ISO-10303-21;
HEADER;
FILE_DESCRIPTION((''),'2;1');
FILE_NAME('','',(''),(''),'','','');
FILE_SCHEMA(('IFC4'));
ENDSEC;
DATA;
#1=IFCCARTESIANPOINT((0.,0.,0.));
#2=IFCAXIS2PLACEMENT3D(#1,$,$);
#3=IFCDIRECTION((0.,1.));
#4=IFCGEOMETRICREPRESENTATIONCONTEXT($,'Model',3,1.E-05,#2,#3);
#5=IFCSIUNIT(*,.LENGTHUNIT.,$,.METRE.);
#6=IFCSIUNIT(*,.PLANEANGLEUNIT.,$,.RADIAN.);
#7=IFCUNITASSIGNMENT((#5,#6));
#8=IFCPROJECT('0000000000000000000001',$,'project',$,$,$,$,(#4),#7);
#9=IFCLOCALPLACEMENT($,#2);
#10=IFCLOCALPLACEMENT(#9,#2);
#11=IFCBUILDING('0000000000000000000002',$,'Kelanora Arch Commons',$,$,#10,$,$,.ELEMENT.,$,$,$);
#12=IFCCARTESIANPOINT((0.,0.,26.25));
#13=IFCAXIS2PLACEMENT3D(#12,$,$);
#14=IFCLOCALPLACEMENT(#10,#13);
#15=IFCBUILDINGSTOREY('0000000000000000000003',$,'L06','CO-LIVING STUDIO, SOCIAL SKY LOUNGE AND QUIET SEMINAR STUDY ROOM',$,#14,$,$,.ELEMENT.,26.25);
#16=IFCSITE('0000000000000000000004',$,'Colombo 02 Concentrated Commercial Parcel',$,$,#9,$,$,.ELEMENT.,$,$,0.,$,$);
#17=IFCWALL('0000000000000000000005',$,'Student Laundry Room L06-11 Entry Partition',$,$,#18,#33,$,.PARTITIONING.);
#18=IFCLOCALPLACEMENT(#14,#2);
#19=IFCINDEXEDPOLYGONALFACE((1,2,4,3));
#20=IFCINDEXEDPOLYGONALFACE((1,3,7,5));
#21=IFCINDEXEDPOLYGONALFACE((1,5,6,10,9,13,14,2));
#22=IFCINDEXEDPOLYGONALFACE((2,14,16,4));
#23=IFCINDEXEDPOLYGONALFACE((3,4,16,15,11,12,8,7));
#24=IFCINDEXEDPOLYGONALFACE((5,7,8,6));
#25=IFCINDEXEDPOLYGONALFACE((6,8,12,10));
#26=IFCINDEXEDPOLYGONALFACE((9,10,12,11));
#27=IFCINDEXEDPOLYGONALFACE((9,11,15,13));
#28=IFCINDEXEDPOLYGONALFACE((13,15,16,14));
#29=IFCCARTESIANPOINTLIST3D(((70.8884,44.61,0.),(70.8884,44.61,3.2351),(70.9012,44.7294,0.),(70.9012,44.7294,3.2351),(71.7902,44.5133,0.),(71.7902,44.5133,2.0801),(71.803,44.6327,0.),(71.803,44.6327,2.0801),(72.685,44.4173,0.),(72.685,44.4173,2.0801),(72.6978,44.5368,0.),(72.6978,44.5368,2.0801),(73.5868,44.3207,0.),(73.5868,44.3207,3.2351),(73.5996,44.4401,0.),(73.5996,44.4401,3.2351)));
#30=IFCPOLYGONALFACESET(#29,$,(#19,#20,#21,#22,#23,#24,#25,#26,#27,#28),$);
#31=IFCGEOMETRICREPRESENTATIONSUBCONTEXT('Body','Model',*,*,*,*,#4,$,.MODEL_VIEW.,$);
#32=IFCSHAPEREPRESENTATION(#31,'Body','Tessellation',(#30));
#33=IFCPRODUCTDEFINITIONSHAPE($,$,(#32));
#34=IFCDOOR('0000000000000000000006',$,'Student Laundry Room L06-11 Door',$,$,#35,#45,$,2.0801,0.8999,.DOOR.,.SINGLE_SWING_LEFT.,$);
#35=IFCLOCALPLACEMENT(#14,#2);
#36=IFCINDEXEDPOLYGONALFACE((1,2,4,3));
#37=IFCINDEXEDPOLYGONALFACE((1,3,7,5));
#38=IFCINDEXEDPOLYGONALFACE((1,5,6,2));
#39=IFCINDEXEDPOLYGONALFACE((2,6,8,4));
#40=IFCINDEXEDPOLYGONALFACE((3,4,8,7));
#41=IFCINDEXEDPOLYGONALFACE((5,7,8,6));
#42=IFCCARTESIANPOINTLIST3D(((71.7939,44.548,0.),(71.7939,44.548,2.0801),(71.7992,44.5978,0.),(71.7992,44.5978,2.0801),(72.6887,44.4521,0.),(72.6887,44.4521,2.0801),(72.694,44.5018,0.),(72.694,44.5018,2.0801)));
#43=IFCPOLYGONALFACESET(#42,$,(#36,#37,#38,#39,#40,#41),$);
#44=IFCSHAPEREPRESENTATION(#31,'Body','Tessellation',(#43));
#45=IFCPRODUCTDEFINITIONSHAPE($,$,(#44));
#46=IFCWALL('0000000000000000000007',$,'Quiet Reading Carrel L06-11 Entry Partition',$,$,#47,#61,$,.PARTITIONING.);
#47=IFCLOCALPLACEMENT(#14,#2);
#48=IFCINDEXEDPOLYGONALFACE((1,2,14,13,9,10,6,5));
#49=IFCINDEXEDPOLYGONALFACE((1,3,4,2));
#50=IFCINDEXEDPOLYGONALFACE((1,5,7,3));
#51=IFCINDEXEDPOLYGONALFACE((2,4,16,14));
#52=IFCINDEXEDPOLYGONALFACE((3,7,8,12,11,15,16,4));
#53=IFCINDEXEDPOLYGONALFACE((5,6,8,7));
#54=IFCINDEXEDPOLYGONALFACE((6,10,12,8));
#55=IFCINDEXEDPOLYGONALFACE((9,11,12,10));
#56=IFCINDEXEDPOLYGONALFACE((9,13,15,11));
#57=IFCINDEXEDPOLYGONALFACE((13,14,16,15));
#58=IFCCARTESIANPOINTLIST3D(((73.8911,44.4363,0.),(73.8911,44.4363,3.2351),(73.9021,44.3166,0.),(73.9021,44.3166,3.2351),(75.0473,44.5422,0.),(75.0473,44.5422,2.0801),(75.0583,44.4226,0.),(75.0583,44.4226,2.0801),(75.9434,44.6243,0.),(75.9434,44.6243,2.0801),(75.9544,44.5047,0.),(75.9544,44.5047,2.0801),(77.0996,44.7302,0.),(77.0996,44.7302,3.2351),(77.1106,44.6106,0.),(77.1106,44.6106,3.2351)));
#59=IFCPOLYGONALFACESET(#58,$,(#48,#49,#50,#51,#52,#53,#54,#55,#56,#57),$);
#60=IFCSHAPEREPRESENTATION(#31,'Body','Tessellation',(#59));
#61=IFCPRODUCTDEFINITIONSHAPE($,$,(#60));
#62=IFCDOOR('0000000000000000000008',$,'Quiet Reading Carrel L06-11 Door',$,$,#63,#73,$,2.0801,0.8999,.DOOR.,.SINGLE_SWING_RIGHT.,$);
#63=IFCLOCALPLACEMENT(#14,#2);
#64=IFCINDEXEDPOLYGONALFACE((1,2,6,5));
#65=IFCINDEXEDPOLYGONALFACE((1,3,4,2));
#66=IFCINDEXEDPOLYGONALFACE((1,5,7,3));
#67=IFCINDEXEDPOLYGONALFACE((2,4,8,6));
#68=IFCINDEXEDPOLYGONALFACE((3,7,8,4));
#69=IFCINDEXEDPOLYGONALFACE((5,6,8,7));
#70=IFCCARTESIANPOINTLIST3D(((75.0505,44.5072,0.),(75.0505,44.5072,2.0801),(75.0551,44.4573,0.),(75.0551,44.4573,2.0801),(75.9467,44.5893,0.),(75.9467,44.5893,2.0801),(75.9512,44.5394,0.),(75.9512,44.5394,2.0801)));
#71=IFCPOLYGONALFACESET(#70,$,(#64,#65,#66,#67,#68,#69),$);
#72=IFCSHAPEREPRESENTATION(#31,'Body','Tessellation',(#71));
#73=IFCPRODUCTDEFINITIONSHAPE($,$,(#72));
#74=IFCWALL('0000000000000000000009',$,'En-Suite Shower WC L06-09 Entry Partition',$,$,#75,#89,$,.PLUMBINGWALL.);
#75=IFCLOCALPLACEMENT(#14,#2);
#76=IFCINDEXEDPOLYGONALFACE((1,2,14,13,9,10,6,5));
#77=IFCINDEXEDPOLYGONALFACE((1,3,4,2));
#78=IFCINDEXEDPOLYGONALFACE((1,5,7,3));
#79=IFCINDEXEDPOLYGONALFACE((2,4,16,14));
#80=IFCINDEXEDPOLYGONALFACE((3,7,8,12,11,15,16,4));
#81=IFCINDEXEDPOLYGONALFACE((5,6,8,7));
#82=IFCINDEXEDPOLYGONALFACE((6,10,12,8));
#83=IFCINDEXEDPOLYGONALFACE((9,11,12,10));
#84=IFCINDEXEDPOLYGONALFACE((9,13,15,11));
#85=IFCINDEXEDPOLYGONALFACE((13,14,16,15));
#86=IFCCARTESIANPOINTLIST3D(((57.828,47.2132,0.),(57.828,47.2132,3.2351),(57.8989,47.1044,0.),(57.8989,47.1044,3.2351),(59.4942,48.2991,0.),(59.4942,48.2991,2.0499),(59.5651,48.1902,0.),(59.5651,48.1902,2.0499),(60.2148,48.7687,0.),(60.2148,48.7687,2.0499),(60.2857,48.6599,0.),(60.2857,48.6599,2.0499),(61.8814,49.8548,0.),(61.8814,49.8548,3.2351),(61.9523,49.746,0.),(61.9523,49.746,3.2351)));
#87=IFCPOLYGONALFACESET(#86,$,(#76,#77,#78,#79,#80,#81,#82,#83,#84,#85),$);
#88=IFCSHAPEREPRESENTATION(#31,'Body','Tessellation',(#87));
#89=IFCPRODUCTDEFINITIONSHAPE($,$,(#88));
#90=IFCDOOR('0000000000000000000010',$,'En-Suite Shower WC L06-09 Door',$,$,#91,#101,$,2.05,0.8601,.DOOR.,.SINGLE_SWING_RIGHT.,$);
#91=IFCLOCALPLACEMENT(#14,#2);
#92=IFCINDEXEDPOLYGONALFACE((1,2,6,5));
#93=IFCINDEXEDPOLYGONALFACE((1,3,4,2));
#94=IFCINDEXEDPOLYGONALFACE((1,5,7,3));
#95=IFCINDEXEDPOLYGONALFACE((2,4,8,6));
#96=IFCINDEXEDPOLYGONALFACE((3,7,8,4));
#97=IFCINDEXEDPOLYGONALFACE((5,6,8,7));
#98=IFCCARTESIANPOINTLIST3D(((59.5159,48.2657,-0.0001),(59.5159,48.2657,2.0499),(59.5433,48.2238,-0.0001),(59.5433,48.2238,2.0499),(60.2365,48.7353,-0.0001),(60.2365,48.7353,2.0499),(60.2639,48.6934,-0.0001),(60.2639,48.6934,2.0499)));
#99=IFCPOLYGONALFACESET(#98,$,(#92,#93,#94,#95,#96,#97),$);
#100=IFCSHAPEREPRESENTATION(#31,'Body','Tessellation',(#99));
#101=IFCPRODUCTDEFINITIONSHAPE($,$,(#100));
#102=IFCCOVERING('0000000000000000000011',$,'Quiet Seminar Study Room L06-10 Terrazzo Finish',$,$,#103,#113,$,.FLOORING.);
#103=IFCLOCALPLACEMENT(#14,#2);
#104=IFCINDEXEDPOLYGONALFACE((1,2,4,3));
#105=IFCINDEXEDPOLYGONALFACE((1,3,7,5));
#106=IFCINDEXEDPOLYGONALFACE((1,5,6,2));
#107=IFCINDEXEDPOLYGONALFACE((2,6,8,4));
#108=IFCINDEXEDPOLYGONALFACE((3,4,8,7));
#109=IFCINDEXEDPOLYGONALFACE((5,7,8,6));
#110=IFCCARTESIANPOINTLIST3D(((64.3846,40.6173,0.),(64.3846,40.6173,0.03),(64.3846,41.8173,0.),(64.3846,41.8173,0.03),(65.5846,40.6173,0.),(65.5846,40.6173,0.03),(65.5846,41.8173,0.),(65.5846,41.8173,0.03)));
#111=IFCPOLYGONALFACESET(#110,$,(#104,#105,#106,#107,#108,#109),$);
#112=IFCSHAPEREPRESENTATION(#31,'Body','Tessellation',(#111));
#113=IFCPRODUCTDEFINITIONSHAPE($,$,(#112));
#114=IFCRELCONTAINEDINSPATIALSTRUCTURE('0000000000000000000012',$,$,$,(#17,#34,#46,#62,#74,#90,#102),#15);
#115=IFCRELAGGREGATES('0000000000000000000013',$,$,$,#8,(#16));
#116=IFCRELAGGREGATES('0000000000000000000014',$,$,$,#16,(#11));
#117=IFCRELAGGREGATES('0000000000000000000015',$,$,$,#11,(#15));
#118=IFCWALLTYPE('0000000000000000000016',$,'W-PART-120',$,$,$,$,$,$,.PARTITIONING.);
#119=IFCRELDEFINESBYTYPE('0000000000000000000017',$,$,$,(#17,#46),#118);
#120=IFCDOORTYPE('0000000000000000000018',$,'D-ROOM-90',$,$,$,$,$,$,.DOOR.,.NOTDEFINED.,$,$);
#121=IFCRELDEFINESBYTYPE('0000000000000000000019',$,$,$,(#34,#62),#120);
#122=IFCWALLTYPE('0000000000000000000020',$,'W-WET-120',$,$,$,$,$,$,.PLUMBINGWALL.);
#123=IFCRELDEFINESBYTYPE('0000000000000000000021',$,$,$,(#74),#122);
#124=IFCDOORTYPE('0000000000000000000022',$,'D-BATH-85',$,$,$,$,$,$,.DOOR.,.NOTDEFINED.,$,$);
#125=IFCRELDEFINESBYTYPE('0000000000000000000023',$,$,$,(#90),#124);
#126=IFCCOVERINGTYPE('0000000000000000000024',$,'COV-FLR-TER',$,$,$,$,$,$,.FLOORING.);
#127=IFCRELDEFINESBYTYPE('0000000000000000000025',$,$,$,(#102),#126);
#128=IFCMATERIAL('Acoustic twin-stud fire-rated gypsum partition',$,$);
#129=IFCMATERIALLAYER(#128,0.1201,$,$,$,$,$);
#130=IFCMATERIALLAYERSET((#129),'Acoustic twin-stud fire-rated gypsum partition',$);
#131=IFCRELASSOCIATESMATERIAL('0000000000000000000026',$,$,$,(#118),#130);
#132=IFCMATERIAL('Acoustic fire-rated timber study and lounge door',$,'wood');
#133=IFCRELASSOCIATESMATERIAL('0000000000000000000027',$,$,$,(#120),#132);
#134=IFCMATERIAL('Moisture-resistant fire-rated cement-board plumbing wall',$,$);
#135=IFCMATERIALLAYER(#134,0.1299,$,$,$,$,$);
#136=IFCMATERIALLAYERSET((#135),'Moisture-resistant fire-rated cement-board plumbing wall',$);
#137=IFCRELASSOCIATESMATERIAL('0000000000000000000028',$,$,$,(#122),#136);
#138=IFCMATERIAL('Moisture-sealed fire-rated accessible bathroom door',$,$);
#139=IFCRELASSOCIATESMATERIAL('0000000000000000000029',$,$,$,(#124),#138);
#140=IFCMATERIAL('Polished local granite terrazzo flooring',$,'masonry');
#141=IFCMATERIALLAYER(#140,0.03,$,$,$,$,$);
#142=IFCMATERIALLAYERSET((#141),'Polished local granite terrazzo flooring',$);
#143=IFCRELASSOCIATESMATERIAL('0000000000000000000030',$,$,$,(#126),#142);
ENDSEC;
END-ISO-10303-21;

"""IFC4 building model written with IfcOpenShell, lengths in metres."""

from ifc_helpers import new_model, si_unit, direction, frame, frame_2d, origin, origin_2d, place, context, subcontext, project, spatial, rectangle, extrude, source, transform, mapped, material, layer, layer_set, type_object, element, fill, save


model = new_model("IFC4")

# Units and contexts
model_context = context("Model", 3, precision=1e-05, world=origin(), true_north=direction((0.0, 1.0)))
body_context = subcontext(model_context, "Body", "Model", "MODEL_VIEW")
ifc_project = project(units=[si_unit("LENGTHUNIT", "METRE"), si_unit("PLANEANGLEUNIT", "RADIAN")], contexts=[model_context])

# Site, building, storey
site_placement = place(None, origin())
site = spatial("IfcSite", under=ifc_project, at=site_placement, Name="Colombo 02 Concentrated Commercial Parcel", CompositionType="ELEMENT", RefElevation=0.0)
building_placement = place(site_placement, origin())
building = spatial("IfcBuilding", under=site, at=building_placement, Name="Kelanora Arch Commons", CompositionType="ELEMENT")
storey_placement = place(building_placement, frame((0.0, 0.0, 26.25)))
storey = spatial("IfcBuildingStorey", under=building, at=storey_placement, Name="L06", Description="CO-LIVING STUDIO, SOCIAL SKY LOUNGE AND QUIET SEMINAR STUDY ROOM", CompositionType="ELEMENT", Elevation=26.25)

# Walls, openings, doors
ifc_material_1 = material(Name="Acoustic twin-stud fire-rated gypsum partition")
ifc_layer_1 = layer(ifc_material_1, 0.1201)
ifc_layer_set_1 = layer_set([ifc_layer_1], Name="Acoustic twin-stud fire-rated gypsum partition")
wall_type_1 = type_object("IfcWallType", Name="W-PART-120", PredefinedType="PARTITIONING", material=ifc_layer_set_1)
ifc_material_2 = material(Name="Acoustic fire-rated timber study and lounge door", Category="wood")
door_type_1 = type_object("IfcDoorType", Name="D-ROOM-90", OperationType="NOTDEFINED", PredefinedType="DOOR", material=ifc_material_2)
wall_1_placement = place(storey_placement, frame((70.8948, 44.6697, 0.0), z_axis=(0.0, 0.0, 1.0), x_axis=(0.994302, -0.1066, 0.0)))
wall_1 = element("IfcWall", 1, at=wall_1_placement, inside=storey, type_object=wall_type_1, Name="Student Laundry Room L06-11 Entry Partition", PredefinedType="PARTITIONING", context=body_context, shape_type="SweptSolid", body=[
    extrude(rectangle(XDim=2.7139, YDim=0.1201, at=frame_2d((1.3569, 0.0))), origin(), (0.0, 0.0, 1.0), 3.2351),
])
opening_1_placement = place(wall_1_placement, frame((0.907, 0.0, 0.0)))
opening_1 = element("IfcOpeningElement", 2, at=opening_1_placement, cuts=wall_1, PredefinedType="OPENING", context=body_context, shape_type="SweptSolid", body=[
    extrude(rectangle(XDim=0.8999, YDim=2.0801, at=frame_2d((0.45, 1.04))), frame((0.0, 0.0701, 0.0), z_axis=(0.0, -1.0, 0.0), x_axis=(1.0, 0.0, 0.0)), (0.0, 0.0, 1.0), 0.1401),
])
door_1_placement = place(opening_1_placement, origin())
door_1 = element("IfcDoor", 3, at=door_1_placement, inside=storey, type_object=door_type_1, Name="Student Laundry Room L06-11 Door", OperationType="SINGLE_SWING_LEFT", OverallHeight=2.0801, OverallWidth=0.8999, PredefinedType="DOOR", context=body_context, shape_type="SweptSolid", body=[
    extrude(rectangle(XDim=0.8999, YDim=2.0801, at=frame_2d((0.45, 1.04))), frame((0.0, 0.0249, 0.0), z_axis=(0.0, -1.0, 0.0), x_axis=(1.0, 0.0, 0.0)), (0.0, 0.0, 1.0), 0.05),
])
fill(opening_1, door_1)
wall_2_placement = place(storey_placement, frame((73.8967, 44.3765, 0.0), z_axis=(0.0, 0.0, 1.0), x_axis=(0.99583, 0.091233, 0.0)))
wall_2 = element("IfcWall", 4, at=wall_2_placement, inside=storey, type_object=wall_type_1, Name="Quiet Reading Carrel L06-11 Entry Partition", PredefinedType="PARTITIONING", context=body_context, shape_type="SweptSolid", body=[
    extrude(rectangle(XDim=3.2219, YDim=0.1201, at=frame_2d((1.6108, 0.0))), origin(), (0.0, 0.0, 1.0), 3.2351),
])
opening_2_placement = place(wall_2_placement, frame((1.1609, 0.0, 0.0)))
opening_2 = element("IfcOpeningElement", 5, at=opening_2_placement, cuts=wall_2, PredefinedType="OPENING", context=body_context, shape_type="SweptSolid", body=[
    extrude(rectangle(XDim=0.8999, YDim=2.0801, at=frame_2d((0.45, 1.04))), frame((0.0, 0.0701, 0.0), z_axis=(0.0, -1.0, 0.0), x_axis=(1.0, 0.0, 0.0)), (0.0, 0.0, 1.0), 0.1401),
])
door_2_placement = place(opening_2_placement, origin())
door_2 = element("IfcDoor", 6, at=door_2_placement, inside=storey, type_object=door_type_1, Name="Quiet Reading Carrel L06-11 Door", OperationType="SINGLE_SWING_RIGHT", OverallHeight=2.0801, OverallWidth=0.8999, PredefinedType="DOOR", context=body_context, shape_type="SweptSolid", body=[
    extrude(rectangle(XDim=0.8999, YDim=2.0801, at=frame_2d((0.45, 1.04))), frame((0.0, 0.0249, 0.0), z_axis=(0.0, -1.0, 0.0), x_axis=(1.0, 0.0, 0.0)), (0.0, 0.0, 1.0), 0.05),
])
fill(opening_2, door_2)
ifc_material_3 = material(Name="Moisture-resistant fire-rated cement-board plumbing wall")
ifc_layer_2 = layer(ifc_material_3, 0.1299)
ifc_layer_set_2 = layer_set([ifc_layer_2], Name="Moisture-resistant fire-rated cement-board plumbing wall")
wall_type_2 = type_object("IfcWallType", Name="W-WET-120", PredefinedType="PLUMBINGWALL", material=ifc_layer_set_2)
wall_3_placement = place(storey_placement, frame((61.9167, 49.8003, 0.0), z_axis=(0.0, 0.0, 1.0), x_axis=(-0.837796, -0.545983, 0.0)))
wall_3 = element("IfcWall", 7, at=wall_3_placement, inside=storey, type_object=wall_type_2, Name="En-Suite Shower WC L06-09 Entry Partition", PredefinedType="PLUMBINGWALL", context=body_context, shape_type="SweptSolid", body=[
    extrude(rectangle(XDim=4.8381, YDim=0.1299, at=frame_2d((2.4189, 0.0))), origin(), (0.0, 0.0, 1.0), 3.2351),
])
opening_3_placement = place(wall_3_placement, frame((1.989, 0.0, 0.0)))
opening_3 = element("IfcOpeningElement", 8, at=opening_3_placement, cuts=wall_3, PredefinedType="OPENING", context=body_context, shape_type="SweptSolid", body=[
    extrude(rectangle(XDim=0.8601, YDim=2.05, at=frame_2d((0.4302, 1.0249))), frame((0.0, 0.075, 0.0), z_axis=(0.0, -1.0, 0.0), x_axis=(1.0, 0.0, 0.0)), (0.0, 0.0, 1.0), 0.1499),
])
ifc_material_4 = material(Name="Moisture-sealed fire-rated accessible bathroom door")
door_type_2 = type_object("IfcDoorType", Name="D-BATH-85", OperationType="NOTDEFINED", PredefinedType="DOOR", material=ifc_material_4)
door_3_placement = place(opening_3_placement, origin())
door_3 = element("IfcDoor", 9, at=door_3_placement, inside=storey, type_object=door_type_2, Name="En-Suite Shower WC L06-09 Door", OperationType="SINGLE_SWING_RIGHT", OverallHeight=2.05, OverallWidth=0.8601, PredefinedType="DOOR", context=body_context, shape_type="SweptSolid", body=[
    extrude(rectangle(XDim=0.8601, YDim=2.05, at=frame_2d((0.4302, 1.0249))), frame((0.0, 0.0249, 0.0), z_axis=(0.0, -1.0, 0.0), x_axis=(1.0, 0.0, 0.0)), (0.0, 0.0, 1.0), 0.05),
])
fill(opening_3, door_3)

# Covering
ifc_material_5 = material(Name="Polished local granite terrazzo flooring", Category="masonry")
ifc_layer_3 = layer(ifc_material_5, 0.03)
ifc_layer_set_3 = layer_set([ifc_layer_3], Name="Polished local granite terrazzo flooring")
covering_type = type_object("IfcCoveringType", Name="COV-FLR-TER", PredefinedType="FLOORING", material=ifc_layer_set_3)
shared_shape = source(origin(), body_context, "Body", "SweptSolid", [
    extrude(rectangle(XDim=1.2, YDim=1.2, at=origin_2d()), origin(), (0.0, 0.0, 1.0), 0.03),
])
covering_placement = place(storey_placement, frame((64.9846, 41.2173, 0.0), z_axis=(0.0, 0.0, 1.0), x_axis=(1.0, 0.0, 0.0)))
element("IfcCovering", 10, at=covering_placement, inside=storey, type_object=covering_type, Name="Quiet Seminar Study Room L06-10 Terrazzo Finish", PredefinedType="FLOORING", context=body_context, shape_type="MappedRepresentation", body=[
    mapped(shared_shape, transform((0.0, 0.0, 0.0), scale=1.0)),
])

save(model, "model.ifc")
